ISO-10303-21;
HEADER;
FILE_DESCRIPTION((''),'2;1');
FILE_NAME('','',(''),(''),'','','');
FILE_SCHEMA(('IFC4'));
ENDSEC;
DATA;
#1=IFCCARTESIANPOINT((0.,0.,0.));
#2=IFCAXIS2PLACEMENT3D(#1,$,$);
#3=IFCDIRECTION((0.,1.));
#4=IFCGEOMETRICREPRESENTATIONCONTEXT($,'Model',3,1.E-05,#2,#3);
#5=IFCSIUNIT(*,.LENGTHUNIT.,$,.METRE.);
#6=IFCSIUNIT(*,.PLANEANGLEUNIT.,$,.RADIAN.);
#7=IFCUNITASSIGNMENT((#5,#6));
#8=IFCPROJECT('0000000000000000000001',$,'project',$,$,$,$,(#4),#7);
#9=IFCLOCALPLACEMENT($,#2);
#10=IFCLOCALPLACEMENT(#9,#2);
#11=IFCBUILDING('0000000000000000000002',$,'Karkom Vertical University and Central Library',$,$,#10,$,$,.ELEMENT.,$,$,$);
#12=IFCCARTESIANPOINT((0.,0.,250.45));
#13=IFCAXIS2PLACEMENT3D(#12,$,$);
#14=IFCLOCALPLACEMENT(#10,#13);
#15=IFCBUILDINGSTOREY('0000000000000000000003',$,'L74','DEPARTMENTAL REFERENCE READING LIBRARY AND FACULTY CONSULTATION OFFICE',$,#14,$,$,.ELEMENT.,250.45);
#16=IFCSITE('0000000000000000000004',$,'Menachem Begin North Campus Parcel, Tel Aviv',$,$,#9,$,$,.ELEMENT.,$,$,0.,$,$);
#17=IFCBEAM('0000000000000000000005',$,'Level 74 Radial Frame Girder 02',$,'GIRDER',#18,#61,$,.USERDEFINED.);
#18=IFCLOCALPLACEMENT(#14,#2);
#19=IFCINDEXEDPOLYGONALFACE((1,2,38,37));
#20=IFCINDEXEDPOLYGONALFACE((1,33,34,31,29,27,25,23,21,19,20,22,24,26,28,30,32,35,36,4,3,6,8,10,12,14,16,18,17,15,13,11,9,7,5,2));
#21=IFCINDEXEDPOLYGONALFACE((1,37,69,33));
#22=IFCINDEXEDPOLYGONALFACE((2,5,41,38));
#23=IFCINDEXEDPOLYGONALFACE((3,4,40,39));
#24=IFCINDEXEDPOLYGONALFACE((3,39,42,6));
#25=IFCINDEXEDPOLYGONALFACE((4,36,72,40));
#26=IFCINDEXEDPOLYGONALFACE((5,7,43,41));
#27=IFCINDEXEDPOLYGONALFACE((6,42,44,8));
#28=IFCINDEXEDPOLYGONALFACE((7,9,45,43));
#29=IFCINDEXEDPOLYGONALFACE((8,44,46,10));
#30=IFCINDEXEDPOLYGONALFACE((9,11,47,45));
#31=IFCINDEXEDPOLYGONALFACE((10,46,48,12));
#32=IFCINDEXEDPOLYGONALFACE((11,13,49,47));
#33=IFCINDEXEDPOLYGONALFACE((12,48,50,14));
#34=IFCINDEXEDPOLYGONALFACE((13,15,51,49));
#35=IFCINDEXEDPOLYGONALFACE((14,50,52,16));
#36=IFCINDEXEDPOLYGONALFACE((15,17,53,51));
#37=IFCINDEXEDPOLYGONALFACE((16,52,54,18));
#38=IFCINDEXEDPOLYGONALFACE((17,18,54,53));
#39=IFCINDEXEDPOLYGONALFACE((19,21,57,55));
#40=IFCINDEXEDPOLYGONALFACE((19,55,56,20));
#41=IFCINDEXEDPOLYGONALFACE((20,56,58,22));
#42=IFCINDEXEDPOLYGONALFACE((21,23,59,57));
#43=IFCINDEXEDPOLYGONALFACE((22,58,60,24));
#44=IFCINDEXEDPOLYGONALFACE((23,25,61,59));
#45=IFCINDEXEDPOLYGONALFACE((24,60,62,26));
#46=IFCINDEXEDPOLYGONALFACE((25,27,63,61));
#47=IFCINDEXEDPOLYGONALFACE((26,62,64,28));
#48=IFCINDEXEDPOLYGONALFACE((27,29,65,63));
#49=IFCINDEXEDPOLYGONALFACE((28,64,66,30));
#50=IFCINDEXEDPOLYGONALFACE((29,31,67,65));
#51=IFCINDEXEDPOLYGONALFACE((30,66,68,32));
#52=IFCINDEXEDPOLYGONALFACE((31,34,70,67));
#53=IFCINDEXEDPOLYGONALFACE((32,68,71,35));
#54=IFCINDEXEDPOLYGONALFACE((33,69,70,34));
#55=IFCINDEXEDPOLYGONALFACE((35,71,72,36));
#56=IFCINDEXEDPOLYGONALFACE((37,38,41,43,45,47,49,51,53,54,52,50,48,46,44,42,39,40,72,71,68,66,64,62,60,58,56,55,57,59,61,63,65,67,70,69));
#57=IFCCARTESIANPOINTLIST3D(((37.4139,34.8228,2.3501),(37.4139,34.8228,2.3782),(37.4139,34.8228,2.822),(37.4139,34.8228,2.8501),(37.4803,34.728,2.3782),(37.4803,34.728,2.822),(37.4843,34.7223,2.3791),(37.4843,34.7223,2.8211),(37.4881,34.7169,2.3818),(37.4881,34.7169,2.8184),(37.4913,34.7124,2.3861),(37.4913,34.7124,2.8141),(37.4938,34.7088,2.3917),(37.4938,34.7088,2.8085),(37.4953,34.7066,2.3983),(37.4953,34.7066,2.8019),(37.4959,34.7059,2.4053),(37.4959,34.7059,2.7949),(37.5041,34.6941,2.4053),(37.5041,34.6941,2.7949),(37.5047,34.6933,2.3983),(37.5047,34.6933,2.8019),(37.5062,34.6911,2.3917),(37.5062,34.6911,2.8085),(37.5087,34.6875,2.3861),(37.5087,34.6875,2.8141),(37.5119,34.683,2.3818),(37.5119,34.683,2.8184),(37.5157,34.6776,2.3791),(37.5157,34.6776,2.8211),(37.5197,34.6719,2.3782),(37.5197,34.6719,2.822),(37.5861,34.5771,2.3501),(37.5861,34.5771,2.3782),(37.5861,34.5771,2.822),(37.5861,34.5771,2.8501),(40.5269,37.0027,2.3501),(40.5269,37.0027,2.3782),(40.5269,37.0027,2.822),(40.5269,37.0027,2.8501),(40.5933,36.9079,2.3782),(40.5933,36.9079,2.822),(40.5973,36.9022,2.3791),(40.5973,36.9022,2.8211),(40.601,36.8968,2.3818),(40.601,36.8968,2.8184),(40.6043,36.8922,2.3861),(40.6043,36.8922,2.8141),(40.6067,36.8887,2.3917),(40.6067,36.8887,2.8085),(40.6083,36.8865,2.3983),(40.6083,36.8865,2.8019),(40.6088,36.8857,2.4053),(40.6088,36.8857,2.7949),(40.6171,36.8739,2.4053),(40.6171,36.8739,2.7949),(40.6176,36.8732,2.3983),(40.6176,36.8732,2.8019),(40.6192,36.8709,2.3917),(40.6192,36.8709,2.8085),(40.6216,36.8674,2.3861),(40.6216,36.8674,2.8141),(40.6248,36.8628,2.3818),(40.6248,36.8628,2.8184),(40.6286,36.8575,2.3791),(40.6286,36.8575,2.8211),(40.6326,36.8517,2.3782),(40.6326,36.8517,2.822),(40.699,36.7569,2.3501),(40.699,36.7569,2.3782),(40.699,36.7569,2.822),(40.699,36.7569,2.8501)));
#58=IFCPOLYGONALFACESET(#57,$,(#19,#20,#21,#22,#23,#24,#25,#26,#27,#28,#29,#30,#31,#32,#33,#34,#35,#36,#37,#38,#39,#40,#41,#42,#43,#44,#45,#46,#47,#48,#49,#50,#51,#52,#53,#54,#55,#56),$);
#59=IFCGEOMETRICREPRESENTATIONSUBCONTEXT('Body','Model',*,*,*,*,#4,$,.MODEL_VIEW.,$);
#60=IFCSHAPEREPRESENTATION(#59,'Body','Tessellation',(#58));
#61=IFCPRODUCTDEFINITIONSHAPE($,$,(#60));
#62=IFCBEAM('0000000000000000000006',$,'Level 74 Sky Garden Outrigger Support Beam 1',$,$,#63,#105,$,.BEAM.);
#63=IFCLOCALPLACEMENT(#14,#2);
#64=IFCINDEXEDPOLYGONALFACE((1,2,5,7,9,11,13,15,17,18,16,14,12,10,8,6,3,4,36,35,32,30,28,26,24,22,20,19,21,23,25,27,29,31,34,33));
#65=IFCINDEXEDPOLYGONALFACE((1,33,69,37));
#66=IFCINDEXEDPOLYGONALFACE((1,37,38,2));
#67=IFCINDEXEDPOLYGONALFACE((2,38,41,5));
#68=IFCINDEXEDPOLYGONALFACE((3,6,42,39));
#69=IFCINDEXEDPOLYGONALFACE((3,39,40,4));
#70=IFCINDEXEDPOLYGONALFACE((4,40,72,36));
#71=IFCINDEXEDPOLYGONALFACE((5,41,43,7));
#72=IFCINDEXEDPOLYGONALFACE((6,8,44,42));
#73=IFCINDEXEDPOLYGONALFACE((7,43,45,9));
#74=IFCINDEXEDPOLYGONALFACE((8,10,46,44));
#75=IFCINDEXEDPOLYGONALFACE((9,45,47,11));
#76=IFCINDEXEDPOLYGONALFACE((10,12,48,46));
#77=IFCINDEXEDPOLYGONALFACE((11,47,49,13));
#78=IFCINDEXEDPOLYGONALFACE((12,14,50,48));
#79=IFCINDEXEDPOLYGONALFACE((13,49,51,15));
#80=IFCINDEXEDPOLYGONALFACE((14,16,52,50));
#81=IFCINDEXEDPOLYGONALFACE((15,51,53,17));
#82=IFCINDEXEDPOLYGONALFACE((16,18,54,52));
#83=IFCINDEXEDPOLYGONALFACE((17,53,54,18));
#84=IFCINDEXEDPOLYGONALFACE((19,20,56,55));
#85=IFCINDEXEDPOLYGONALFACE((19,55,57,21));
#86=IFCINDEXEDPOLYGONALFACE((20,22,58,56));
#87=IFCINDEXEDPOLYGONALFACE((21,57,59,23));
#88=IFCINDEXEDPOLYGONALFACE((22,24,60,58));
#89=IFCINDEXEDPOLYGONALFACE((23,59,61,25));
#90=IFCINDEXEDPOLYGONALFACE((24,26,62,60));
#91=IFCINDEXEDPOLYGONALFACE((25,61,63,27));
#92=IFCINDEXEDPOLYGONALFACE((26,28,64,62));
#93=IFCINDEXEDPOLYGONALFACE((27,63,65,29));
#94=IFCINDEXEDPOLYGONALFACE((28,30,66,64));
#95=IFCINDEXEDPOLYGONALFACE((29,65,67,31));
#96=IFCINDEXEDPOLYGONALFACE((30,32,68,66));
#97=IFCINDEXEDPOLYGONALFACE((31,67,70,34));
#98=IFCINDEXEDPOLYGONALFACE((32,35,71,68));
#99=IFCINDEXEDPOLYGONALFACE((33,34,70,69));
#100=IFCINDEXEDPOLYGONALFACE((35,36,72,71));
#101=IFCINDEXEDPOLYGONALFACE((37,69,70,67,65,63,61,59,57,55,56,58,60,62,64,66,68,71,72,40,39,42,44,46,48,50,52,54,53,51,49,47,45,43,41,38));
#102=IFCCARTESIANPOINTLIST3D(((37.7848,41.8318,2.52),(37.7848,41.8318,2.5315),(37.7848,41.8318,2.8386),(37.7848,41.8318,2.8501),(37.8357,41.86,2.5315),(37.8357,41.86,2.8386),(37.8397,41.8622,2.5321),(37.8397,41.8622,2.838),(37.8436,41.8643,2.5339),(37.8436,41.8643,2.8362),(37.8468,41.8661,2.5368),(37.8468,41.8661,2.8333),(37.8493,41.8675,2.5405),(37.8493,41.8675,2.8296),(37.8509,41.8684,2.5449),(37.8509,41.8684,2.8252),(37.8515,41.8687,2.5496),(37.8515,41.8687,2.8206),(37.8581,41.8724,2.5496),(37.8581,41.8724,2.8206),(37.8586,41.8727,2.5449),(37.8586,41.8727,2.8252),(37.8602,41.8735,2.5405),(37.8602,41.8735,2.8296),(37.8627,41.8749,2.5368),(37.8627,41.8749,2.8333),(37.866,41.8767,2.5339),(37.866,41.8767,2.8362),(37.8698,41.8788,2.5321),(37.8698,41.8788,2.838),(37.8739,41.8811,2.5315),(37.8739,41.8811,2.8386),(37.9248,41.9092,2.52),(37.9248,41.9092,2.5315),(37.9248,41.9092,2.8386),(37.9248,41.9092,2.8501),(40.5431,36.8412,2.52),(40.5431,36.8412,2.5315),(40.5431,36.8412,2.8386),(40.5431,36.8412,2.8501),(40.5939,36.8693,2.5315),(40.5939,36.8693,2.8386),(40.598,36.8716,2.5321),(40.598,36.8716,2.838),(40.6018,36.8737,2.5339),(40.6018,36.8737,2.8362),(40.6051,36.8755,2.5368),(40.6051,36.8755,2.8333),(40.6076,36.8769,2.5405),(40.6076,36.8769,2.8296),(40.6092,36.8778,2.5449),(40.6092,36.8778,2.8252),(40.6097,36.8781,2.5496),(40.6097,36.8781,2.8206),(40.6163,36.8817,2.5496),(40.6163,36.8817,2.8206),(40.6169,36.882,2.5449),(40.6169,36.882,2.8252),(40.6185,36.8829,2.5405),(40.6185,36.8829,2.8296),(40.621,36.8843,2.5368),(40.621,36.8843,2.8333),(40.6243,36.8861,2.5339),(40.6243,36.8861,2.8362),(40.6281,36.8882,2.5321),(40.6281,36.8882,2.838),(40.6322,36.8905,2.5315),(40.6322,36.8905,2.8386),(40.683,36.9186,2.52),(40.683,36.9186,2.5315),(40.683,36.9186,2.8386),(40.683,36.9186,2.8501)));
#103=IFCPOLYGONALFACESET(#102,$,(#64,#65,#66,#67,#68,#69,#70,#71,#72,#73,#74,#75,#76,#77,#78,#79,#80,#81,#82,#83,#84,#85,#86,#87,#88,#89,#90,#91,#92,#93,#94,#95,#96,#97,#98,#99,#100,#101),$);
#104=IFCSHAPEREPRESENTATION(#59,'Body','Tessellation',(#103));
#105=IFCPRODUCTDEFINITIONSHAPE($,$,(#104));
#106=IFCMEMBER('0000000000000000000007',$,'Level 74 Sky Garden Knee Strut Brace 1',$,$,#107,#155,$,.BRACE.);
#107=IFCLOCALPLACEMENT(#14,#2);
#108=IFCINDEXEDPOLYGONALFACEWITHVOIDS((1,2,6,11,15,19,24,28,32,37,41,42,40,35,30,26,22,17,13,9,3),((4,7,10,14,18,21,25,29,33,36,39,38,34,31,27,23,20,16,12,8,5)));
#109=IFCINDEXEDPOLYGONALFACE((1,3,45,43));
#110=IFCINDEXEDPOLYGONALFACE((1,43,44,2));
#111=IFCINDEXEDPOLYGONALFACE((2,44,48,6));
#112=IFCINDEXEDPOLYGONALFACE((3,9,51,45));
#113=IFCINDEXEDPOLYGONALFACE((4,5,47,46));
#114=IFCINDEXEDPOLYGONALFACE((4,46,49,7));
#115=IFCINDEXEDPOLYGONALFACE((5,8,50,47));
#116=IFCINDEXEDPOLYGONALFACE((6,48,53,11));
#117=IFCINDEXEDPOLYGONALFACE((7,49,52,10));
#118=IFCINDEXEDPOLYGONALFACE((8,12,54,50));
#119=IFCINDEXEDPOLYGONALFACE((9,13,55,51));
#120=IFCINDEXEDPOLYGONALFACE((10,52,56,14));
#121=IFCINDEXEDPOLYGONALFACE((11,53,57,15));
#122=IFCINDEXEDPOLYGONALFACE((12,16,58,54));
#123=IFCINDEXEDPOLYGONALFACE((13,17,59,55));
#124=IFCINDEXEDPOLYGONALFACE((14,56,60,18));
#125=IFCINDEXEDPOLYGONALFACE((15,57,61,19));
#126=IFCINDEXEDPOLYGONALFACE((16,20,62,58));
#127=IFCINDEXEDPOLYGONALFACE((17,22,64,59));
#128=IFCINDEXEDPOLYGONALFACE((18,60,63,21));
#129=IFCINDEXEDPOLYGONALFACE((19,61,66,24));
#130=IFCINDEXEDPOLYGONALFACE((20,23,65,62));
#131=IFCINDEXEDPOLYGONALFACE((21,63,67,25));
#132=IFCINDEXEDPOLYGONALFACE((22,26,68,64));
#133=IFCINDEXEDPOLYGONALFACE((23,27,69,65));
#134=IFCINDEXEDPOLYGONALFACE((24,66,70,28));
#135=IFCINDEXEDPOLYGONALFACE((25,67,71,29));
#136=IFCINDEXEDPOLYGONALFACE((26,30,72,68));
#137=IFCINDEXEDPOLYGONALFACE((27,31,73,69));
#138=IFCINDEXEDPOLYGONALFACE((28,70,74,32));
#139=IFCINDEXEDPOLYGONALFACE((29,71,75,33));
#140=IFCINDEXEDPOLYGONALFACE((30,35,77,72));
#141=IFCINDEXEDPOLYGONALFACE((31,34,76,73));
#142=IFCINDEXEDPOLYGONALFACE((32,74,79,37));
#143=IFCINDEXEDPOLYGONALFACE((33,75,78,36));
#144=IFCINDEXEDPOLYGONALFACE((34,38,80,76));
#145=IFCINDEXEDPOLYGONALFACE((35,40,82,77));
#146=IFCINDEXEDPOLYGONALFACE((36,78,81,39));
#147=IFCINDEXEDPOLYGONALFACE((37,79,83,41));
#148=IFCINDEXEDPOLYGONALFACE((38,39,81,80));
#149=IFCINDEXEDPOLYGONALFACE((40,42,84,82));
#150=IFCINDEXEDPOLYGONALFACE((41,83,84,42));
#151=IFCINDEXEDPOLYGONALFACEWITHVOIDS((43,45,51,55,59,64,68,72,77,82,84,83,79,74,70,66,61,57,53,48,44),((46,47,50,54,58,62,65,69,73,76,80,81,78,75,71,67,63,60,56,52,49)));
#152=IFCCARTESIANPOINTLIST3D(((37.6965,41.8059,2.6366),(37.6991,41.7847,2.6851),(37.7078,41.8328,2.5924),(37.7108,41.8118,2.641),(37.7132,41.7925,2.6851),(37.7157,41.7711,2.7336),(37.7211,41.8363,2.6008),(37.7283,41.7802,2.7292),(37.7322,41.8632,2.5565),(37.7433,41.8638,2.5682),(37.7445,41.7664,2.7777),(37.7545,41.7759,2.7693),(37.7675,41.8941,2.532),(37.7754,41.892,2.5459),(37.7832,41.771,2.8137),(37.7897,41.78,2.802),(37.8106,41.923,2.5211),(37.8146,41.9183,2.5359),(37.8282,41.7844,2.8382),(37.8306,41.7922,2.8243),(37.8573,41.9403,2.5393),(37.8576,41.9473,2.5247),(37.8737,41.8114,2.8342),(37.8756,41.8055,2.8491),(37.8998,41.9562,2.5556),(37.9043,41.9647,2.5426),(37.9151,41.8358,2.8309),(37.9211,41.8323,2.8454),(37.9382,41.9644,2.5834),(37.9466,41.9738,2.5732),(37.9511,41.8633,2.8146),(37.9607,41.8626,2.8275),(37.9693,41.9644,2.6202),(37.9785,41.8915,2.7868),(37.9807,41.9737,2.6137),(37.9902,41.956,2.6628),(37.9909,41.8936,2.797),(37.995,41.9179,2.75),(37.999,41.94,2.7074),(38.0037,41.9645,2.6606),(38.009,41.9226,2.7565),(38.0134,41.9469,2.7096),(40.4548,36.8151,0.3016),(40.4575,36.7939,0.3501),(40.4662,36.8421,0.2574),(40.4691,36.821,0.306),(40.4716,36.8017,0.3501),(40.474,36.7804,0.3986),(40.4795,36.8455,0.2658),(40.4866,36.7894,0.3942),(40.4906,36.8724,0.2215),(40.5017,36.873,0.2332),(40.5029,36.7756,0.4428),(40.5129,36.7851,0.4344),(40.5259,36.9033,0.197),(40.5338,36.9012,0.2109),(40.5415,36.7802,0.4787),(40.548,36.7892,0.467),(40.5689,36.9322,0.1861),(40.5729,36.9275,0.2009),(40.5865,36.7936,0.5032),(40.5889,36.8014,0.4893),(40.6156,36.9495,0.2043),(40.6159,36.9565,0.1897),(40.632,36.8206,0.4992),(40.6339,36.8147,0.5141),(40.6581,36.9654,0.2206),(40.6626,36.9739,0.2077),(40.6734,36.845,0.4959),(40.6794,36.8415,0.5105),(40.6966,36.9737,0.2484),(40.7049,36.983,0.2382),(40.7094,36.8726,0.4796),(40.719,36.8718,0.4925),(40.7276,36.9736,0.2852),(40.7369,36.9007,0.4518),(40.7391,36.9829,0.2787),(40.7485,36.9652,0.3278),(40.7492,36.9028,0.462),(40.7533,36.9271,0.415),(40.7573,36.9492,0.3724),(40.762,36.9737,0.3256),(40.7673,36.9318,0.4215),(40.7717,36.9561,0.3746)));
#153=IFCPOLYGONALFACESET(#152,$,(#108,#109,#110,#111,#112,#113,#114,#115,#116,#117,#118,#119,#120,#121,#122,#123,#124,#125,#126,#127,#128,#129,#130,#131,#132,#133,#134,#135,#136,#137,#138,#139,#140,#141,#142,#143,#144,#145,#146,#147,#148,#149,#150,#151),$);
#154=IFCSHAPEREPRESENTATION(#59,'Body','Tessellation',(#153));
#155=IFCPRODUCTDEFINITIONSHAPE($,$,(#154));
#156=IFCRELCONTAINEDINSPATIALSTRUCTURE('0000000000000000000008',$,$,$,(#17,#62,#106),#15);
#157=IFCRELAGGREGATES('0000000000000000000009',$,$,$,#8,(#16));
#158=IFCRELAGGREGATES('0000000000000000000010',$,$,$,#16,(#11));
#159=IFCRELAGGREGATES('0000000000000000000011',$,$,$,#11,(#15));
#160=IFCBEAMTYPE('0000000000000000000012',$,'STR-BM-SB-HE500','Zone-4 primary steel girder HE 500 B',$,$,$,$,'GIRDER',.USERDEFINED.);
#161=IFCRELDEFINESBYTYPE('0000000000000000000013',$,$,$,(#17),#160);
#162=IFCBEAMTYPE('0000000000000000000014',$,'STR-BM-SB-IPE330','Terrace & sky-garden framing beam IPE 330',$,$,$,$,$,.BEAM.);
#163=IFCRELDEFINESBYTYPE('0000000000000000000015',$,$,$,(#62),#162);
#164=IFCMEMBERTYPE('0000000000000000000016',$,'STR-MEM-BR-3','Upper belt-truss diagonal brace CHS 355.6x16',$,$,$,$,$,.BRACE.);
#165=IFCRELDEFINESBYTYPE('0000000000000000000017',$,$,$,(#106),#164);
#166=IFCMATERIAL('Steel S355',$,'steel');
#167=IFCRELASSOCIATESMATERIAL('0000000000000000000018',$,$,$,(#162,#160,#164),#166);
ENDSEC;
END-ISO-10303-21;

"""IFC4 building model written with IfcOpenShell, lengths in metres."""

from ifc_helpers import new_model, si_unit, direction, frame, origin, origin_with_axes, origin_2d, place, context, subcontext, project, spatial, hollow_circle, i_section, extrude, source, transform, mapped, material, material_profile, profile_set, type_object, element, save


model = new_model("IFC4")

# Units and contexts
model_context = context("Model", 3, precision=1e-05, world=origin(), true_north=direction((0.0, 1.0)))
body_context = subcontext(model_context, "Body", "Model", "MODEL_VIEW")
ifc_project = project(units=[si_unit("LENGTHUNIT", "METRE"), si_unit("PLANEANGLEUNIT", "RADIAN")], contexts=[model_context])

# Site, building, storey
site_placement = place(None, origin())
site = spatial("IfcSite", under=ifc_project, at=site_placement, Name="Menachem Begin North Campus Parcel, Tel Aviv", CompositionType="ELEMENT", RefElevation=0.0)
building_placement = place(site_placement, origin())
building = spatial("IfcBuilding", under=site, at=building_placement, Name="Karkom Vertical University and Central Library", CompositionType="ELEMENT")
storey_placement = place(building_placement, frame((0.0, 0.0, 250.45)))
storey = spatial("IfcBuildingStorey", under=building, at=storey_placement, Name="L74", Description="DEPARTMENTAL REFERENCE READING LIBRARY AND FACULTY CONSULTATION OFFICE", CompositionType="ELEMENT", Elevation=250.45)

# Beams
ifc_material_1 = material(Name="Steel S355", Category="steel")
ifc_material_profile_1 = material_profile(ifc_material_1, i_section(OverallWidth=0.1599, OverallDepth=0.3301, WebThickness=0.0076, FlangeThickness=0.0115, FilletRadius=0.0181, at=origin_2d()), Name="IPE 330")
ifc_profile_set_1 = profile_set([ifc_material_profile_1], Name="Steel S355")
beam_type_1 = type_object("IfcBeamType", Name="STR-BM-SB-IPE330", Description="Terrace & sky-garden framing beam IPE 330", PredefinedType="BEAM", material=ifc_profile_set_1)
ifc_material_profile_2 = material_profile(ifc_material_1, i_section(OverallWidth=0.3, OverallDepth=0.5, WebThickness=0.0144, FlangeThickness=0.0281, FilletRadius=0.0271, at=origin_2d()), Name="HE 500 B")
ifc_profile_set_2 = profile_set([ifc_material_profile_2], Name="Steel S355")
beam_type_2 = type_object("IfcBeamType", Name="STR-BM-SB-HE500", Description="Zone-4 primary steel girder HE 500 B", ElementType="GIRDER", PredefinedType="USERDEFINED", material=ifc_profile_set_2)
shared_shape_1 = source(origin_with_axes(), body_context, "Body", "SweptSolid", [
    extrude(i_section(OverallWidth=0.3, OverallDepth=0.5, WebThickness=0.0144, FlangeThickness=0.0281, FilletRadius=0.0271, at=origin_2d()), origin(), (0.0, 0.0, 1.0), 3.8003),
])
beam_1_placement = place(storey_placement, frame((37.5, 34.7, 2.6001), z_axis=(0.819132, 0.573605, 0.0), x_axis=(-0.573605, 0.819132, 0.0)))
element("IfcBeam", 1, at=beam_1_placement, inside=storey, type_object=beam_type_2, Name="Level 74 Radial Frame Girder 02", ObjectType="GIRDER", PredefinedType="USERDEFINED", context=body_context, shape_type="MappedRepresentation", body=[
    mapped(shared_shape_1, transform((0.0, 0.0, 0.0), scale=1.0)),
])
shared_shape_2 = source(origin_with_axes(), body_context, "Body", "SweptSolid", [
    extrude(i_section(OverallWidth=0.1599, OverallDepth=0.3301, WebThickness=0.0076, FlangeThickness=0.0115, FilletRadius=0.0181, at=origin_2d()), origin(), (0.0, 0.0, 1.0), 5.7021),
])
beam_2_placement = place(storey_placement, frame((40.613, 36.8799, 2.6851), z_axis=(-0.483722, 0.875222, 0.0), x_axis=(-0.875222, -0.483722, 0.0)))
element("IfcBeam", 2, at=beam_2_placement, inside=storey, type_object=beam_type_1, Name="Level 74 Sky Garden Outrigger Support Beam 1", PredefinedType="BEAM", context=body_context, shape_type="MappedRepresentation", body=[
    mapped(shared_shape_2, transform((0.0, 0.0, 0.0), scale=1.0)),
])

# Member
ifc_material_profile_3 = material_profile(ifc_material_1, hollow_circle(Radius=0.1777, WallThickness=0.0161, at=origin_2d()), Name="CHS 355.6x16")
ifc_profile_set_3 = profile_set([ifc_material_profile_3], Name="Steel S355")
member_type = type_object("IfcMemberType", Name="STR-MEM-BR-3", Description="Upper belt-truss diagonal brace CHS 355.6x16", PredefinedType="BRACE", material=ifc_profile_set_3)
shared_shape_3 = source(origin_with_axes(), body_context, "Body", "SweptSolid", [
    extrude(hollow_circle(Radius=0.1777, WallThickness=0.0161, at=origin_2d()), origin(), (0.0, 0.0, 1.0), 6.1619),
])
member_placement = place(storey_placement, frame((40.613, 36.8799, 0.3501), z_axis=(-0.447646, 0.809948, 0.378942), x_axis=(-0.875222, -0.483722, 0.0)))
element("IfcMember", 3, at=member_placement, inside=storey, type_object=member_type, Name="Level 74 Sky Garden Knee Strut Brace 1", PredefinedType="BRACE", context=body_context, shape_type="MappedRepresentation", body=[
    mapped(shared_shape_3, transform((0.0, 0.0, 0.0), scale=1.0)),
])

save(model, "model.ifc")
